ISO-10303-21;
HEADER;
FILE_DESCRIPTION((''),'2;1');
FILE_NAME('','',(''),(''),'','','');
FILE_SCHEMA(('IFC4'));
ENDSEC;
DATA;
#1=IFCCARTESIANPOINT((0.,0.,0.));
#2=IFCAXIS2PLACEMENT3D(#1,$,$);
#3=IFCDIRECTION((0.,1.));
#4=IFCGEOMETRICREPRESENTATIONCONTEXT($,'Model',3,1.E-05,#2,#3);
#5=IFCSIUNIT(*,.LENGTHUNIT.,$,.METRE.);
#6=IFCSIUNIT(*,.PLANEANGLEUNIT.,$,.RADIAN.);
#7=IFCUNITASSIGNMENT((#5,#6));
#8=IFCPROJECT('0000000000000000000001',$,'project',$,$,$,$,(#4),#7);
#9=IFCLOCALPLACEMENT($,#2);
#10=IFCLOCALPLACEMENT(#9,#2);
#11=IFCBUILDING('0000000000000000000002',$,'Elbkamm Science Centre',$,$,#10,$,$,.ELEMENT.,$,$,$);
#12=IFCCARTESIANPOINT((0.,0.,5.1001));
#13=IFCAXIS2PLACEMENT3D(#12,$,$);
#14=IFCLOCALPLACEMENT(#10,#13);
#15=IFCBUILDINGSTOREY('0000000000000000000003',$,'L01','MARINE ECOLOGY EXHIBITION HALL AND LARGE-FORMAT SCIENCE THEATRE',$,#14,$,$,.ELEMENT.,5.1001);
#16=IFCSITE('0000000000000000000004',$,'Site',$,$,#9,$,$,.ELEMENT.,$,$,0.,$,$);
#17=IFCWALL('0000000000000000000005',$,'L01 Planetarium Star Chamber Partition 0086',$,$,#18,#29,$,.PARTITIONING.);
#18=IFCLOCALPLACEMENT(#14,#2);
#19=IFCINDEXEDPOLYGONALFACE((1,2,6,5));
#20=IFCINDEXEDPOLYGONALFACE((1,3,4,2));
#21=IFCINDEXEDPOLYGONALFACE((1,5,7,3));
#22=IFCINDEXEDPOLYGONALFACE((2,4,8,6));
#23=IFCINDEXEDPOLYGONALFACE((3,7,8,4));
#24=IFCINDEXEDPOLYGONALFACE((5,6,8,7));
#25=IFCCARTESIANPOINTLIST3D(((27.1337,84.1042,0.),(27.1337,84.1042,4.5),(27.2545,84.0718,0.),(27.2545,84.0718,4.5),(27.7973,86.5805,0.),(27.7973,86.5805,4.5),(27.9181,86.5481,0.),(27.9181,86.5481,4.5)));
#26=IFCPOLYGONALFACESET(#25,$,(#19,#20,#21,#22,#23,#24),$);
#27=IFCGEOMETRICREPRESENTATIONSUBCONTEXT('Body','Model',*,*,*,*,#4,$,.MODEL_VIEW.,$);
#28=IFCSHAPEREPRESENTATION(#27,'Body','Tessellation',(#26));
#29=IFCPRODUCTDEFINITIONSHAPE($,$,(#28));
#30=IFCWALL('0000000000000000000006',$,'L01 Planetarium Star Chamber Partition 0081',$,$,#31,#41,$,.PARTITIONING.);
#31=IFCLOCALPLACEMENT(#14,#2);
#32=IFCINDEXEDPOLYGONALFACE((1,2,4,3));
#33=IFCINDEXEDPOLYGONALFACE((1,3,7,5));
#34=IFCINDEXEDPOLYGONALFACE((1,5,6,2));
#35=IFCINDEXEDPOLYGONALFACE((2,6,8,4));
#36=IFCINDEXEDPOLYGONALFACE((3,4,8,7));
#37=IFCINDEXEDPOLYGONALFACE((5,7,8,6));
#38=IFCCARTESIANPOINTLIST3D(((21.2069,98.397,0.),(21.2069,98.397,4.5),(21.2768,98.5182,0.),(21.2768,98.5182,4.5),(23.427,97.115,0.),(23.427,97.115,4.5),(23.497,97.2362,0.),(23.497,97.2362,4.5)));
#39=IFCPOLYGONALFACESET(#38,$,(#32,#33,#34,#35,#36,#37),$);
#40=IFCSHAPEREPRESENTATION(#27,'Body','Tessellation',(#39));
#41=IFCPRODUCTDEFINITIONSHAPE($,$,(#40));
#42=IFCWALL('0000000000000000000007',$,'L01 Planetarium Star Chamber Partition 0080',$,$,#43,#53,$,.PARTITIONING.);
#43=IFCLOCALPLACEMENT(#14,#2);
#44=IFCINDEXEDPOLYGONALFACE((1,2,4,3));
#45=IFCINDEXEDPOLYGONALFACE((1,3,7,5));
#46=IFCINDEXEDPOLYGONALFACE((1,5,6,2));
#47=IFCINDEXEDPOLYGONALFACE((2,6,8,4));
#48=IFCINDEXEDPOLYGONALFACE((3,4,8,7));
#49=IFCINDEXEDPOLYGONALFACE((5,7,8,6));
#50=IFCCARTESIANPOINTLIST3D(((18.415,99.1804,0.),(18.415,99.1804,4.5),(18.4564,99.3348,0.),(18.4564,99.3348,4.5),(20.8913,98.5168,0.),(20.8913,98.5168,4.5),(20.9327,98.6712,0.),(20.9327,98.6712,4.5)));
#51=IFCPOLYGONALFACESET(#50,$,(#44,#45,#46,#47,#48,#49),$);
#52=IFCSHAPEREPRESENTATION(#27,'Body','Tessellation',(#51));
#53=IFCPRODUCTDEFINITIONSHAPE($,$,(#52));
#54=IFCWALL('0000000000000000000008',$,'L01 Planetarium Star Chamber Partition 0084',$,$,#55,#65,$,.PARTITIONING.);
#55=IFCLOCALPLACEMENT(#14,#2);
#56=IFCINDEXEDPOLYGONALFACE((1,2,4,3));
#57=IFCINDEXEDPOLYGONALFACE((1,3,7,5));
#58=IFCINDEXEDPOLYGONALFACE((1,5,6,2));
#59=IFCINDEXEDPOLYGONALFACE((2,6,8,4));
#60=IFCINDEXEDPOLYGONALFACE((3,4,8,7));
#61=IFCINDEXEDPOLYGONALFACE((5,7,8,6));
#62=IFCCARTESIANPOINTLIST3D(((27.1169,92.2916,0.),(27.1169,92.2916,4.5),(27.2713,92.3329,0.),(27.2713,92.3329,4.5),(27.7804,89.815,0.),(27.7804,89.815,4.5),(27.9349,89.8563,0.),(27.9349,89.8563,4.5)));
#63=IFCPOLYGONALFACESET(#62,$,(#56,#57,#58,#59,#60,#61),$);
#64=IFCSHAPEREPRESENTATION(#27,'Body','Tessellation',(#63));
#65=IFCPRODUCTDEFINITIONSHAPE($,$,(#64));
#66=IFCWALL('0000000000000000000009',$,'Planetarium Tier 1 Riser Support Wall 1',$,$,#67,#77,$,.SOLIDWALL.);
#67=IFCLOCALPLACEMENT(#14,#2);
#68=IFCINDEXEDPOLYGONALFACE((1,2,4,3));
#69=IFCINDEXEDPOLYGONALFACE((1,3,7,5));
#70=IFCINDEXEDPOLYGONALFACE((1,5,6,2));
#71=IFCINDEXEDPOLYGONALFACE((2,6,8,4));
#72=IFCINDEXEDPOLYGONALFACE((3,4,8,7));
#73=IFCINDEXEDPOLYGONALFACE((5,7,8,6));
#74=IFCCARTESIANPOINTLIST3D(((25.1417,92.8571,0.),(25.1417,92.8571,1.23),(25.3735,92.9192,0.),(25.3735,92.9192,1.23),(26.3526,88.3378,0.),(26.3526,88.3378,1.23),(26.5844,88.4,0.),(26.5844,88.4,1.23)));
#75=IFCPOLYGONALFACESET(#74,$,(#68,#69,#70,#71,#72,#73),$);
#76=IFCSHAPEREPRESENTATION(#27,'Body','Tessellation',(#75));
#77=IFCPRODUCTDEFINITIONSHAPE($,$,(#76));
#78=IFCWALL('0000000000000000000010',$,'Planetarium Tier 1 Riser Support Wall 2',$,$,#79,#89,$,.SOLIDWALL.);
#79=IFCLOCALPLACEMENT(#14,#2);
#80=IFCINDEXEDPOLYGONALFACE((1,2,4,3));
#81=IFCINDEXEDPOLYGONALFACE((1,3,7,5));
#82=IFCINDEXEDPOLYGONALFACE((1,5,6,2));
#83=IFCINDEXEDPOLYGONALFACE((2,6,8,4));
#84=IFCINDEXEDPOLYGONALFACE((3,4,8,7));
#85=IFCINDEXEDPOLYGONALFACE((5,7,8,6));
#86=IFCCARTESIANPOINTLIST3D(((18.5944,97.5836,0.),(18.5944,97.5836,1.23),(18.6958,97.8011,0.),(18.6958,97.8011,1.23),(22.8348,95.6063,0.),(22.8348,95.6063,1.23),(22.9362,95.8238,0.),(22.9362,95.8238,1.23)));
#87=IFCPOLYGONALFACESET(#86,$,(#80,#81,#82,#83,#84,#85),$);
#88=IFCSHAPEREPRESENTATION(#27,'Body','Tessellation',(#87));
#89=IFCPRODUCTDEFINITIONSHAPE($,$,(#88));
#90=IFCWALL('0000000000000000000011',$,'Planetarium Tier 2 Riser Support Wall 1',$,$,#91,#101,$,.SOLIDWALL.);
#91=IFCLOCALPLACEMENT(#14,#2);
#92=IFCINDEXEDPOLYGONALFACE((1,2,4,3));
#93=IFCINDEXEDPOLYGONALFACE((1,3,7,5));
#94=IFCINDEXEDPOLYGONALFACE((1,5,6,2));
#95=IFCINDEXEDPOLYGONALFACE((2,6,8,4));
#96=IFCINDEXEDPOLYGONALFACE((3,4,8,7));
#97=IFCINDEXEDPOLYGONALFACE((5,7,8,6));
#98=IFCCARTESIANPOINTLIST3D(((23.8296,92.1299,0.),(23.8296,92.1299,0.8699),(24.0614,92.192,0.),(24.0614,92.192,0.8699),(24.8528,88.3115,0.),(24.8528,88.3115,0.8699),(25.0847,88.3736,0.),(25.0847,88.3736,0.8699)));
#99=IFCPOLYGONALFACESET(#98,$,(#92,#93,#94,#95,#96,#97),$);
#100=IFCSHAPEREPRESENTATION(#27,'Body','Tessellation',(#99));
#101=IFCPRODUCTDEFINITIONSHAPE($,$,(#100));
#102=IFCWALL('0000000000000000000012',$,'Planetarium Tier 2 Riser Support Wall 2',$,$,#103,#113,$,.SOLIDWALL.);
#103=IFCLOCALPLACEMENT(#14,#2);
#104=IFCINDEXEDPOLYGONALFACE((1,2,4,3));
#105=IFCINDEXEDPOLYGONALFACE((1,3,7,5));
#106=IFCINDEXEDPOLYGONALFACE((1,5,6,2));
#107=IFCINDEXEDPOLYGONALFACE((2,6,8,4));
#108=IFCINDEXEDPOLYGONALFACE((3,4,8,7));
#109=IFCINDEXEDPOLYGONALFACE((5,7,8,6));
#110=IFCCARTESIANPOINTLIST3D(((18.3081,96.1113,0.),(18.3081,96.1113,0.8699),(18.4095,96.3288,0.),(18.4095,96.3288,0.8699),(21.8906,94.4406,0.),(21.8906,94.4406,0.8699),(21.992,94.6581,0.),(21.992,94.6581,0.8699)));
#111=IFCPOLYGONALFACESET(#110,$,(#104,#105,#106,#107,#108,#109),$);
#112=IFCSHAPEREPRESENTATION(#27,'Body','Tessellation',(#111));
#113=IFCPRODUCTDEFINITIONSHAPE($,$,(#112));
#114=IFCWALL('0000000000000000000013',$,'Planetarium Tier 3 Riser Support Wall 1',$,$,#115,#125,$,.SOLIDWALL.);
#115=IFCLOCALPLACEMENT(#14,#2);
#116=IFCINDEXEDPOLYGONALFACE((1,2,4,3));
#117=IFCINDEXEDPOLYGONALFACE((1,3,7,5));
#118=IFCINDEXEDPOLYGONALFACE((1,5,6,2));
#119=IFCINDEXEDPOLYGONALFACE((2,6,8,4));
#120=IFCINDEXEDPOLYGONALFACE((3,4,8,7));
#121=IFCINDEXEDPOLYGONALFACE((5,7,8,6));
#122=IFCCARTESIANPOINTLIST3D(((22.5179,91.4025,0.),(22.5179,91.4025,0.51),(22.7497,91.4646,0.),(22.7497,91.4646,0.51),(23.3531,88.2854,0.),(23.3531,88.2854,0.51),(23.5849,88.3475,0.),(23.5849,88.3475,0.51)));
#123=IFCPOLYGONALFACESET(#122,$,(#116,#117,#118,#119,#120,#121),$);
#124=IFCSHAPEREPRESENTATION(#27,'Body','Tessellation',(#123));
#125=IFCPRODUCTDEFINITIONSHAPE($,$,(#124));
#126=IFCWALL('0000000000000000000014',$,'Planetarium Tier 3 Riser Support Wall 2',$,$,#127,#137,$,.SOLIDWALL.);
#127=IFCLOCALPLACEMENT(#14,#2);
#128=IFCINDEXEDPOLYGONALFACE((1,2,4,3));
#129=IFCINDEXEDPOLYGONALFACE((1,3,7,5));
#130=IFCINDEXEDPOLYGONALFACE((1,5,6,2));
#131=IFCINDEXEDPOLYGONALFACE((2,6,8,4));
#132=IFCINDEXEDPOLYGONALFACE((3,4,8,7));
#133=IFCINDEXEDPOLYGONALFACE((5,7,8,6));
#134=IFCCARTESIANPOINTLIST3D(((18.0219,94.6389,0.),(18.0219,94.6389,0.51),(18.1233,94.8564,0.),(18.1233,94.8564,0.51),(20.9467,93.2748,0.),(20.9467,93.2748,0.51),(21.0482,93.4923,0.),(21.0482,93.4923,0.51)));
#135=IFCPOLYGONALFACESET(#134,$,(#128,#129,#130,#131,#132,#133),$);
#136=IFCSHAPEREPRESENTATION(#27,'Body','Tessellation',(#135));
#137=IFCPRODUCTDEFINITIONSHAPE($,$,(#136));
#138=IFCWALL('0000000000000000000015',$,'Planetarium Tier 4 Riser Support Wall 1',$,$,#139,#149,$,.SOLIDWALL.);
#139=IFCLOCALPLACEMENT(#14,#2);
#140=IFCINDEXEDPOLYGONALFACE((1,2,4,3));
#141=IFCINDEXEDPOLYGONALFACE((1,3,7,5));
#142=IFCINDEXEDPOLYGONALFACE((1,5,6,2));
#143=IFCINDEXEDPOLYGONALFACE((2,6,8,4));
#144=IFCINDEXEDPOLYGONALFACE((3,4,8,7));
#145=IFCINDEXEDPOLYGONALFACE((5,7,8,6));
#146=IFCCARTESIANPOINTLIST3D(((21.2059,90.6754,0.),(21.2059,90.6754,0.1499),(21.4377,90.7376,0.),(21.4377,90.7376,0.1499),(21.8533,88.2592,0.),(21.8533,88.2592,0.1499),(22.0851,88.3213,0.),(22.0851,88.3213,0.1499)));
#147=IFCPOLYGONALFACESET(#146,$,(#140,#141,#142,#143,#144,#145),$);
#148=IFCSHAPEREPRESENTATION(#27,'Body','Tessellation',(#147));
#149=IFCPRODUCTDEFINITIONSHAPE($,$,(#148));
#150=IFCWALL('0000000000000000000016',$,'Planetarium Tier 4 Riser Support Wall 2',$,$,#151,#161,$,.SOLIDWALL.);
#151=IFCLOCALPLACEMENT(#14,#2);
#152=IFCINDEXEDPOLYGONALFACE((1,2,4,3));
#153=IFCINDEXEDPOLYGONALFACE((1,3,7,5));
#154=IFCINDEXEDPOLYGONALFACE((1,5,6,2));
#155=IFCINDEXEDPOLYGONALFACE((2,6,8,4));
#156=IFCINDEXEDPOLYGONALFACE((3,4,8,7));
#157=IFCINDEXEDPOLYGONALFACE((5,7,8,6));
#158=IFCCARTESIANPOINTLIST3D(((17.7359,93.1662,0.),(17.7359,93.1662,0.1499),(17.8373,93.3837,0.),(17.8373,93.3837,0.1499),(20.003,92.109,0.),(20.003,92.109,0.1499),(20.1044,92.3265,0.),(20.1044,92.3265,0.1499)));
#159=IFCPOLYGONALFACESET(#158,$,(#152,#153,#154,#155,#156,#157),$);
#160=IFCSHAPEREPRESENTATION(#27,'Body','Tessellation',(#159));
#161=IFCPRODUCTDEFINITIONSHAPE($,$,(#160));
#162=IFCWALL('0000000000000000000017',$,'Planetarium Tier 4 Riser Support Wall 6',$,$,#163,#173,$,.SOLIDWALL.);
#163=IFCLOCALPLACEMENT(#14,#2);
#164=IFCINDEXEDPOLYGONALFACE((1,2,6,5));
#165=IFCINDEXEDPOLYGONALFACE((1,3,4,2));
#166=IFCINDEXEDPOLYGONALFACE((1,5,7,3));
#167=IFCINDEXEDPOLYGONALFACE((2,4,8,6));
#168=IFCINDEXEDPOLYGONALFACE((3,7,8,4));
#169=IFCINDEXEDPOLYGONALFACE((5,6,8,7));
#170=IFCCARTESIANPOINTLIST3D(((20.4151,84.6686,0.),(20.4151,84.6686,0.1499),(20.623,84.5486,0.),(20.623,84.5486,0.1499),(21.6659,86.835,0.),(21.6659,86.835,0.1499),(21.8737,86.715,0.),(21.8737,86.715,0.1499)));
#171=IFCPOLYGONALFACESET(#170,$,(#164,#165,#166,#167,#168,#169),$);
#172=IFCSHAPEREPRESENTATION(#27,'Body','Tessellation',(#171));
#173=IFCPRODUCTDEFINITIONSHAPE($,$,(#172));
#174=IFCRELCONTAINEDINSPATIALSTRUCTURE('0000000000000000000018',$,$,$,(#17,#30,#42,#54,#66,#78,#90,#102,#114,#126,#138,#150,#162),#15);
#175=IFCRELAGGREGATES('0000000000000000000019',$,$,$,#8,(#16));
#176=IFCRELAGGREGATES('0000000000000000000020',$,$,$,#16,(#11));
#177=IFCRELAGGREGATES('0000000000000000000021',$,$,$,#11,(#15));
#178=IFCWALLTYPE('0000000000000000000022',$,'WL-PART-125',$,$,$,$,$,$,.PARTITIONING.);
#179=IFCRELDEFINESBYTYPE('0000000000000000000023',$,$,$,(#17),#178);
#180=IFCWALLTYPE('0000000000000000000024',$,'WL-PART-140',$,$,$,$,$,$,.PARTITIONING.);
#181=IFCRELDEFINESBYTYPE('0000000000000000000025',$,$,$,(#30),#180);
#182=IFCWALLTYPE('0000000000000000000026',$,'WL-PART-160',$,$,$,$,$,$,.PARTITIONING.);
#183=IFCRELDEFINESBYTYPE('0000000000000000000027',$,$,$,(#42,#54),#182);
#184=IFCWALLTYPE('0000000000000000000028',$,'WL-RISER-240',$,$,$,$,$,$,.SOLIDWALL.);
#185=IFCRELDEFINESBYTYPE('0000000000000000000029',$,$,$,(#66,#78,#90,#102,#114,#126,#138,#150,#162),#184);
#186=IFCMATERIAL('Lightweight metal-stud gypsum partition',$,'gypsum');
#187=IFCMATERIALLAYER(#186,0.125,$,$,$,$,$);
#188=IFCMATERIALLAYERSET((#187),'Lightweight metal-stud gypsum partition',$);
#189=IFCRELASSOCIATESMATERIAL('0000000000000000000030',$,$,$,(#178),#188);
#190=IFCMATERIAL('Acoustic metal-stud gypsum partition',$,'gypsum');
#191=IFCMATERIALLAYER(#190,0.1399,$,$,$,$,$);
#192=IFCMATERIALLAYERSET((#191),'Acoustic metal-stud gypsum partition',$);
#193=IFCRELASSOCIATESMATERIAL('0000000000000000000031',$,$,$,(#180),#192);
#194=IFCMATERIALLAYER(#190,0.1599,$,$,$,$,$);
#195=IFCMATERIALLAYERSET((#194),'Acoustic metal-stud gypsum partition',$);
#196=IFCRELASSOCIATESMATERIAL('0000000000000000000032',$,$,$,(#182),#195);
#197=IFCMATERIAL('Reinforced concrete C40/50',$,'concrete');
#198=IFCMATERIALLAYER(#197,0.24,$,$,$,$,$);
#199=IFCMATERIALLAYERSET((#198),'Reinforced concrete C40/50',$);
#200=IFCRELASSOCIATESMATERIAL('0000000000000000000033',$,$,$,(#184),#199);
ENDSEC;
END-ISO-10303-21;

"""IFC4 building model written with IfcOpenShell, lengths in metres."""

from ifc_helpers import new_model, si_unit, direction, frame, frame_2d, origin, place, context, subcontext, project, spatial, rectangle, extrude, material, layer, layer_set, type_object, element, save


model = new_model("IFC4")

# Units and contexts
model_context = context("Model", 3, precision=1e-05, world=origin(), true_north=direction((0.0, 1.0)))
body_context = subcontext(model_context, "Body", "Model", "MODEL_VIEW")
ifc_project = project(units=[si_unit("LENGTHUNIT", "METRE"), si_unit("PLANEANGLEUNIT", "RADIAN")], contexts=[model_context])

# Site, building, storey
site_placement = place(None, origin())
site = spatial("IfcSite", under=ifc_project, at=site_placement, Name="Site", CompositionType="ELEMENT", RefElevation=0.0)
building_placement = place(site_placement, origin())
building = spatial("IfcBuilding", under=site, at=building_placement, Name="Elbkamm Science Centre", CompositionType="ELEMENT")
storey_placement = place(building_placement, frame((0.0, 0.0, 5.1001)))
storey = spatial("IfcBuildingStorey", under=building, at=storey_placement, Name="L01", Description="MARINE ECOLOGY EXHIBITION HALL AND LARGE-FORMAT SCIENCE THEATRE", CompositionType="ELEMENT", Elevation=5.1001)

# Walls
ifc_material_1 = material(Name="Lightweight metal-stud gypsum partition", Category="gypsum")
ifc_layer_1 = layer(ifc_material_1, 0.125)
ifc_layer_set_1 = layer_set([ifc_layer_1], Name="Lightweight metal-stud gypsum partition")
wall_type_1 = type_object("IfcWallType", Name="WL-PART-125", PredefinedType="PARTITIONING", material=ifc_layer_set_1)
for number, where, z_axis, x_axis, name in (
    (1, (27.8577, 86.5642, 0.0), (0.0, 0.0, 1.0), (-0.258836, -0.965921, 0.0), "L01 Planetarium Star Chamber Partition 0086"),
):
    element("IfcWall", number, at=place(storey_placement, frame(where, z_axis=z_axis, x_axis=x_axis)), inside=storey, type_object=wall_type_1, Name=name, PredefinedType="PARTITIONING", context=body_context, shape_type="SweptSolid", body=[
        extrude(rectangle(XDim=2.5637, YDim=0.125, at=frame_2d((1.2817, 0.0))), origin(), (0.0, 0.0, 1.0), 4.5),
    ])
ifc_material_2 = material(Name="Acoustic metal-stud gypsum partition", Category="gypsum")
ifc_layer_2 = layer(ifc_material_2, 0.1399)
ifc_layer_set_2 = layer_set([ifc_layer_2], Name="Acoustic metal-stud gypsum partition")
wall_type_2 = type_object("IfcWallType", Name="WL-PART-140", PredefinedType="PARTITIONING", material=ifc_layer_set_2)
for number, where, z_axis, x_axis, name in (
    (2, (21.2419, 98.4575, 0.0), (0.0, 0.0, 1.0), (0.866002, -0.500041, 0.0), "L01 Planetarium Star Chamber Partition 0081"),
):
    element("IfcWall", number, at=place(storey_placement, frame(where, z_axis=z_axis, x_axis=x_axis)), inside=storey, type_object=wall_type_2, Name=name, PredefinedType="PARTITIONING", context=body_context, shape_type="SweptSolid", body=[
        extrude(rectangle(XDim=2.5637, YDim=0.1399, at=frame_2d((1.2817, 0.0))), origin(), (0.0, 0.0, 1.0), 4.5),
    ])
ifc_layer_3 = layer(ifc_material_2, 0.1599)
ifc_layer_set_3 = layer_set([ifc_layer_3], Name="Acoustic metal-stud gypsum partition")
wall_type_3 = type_object("IfcWallType", Name="WL-PART-160", PredefinedType="PARTITIONING", material=ifc_layer_set_3)
wall_1_placement = place(storey_placement, frame((18.4358, 99.2576, 0.0), z_axis=(0.0, 0.0, 1.0), x_axis=(0.965921, -0.258836, 0.0)))
element("IfcWall", 3, at=wall_1_placement, inside=storey, type_object=wall_type_3, Name="L01 Planetarium Star Chamber Partition 0080", PredefinedType="PARTITIONING", context=body_context, shape_type="SweptSolid", body=[
    extrude(rectangle(XDim=2.5637, YDim=0.1599, at=frame_2d((1.2817, 0.0))), origin(), (0.0, 0.0, 1.0), 4.5),
])
wall_2_placement = place(storey_placement, frame((27.1941, 92.3123, 0.0), z_axis=(0.0, 0.0, 1.0), x_axis=(0.258812, -0.965928, 0.0)))
element("IfcWall", 4, at=wall_2_placement, inside=storey, type_object=wall_type_3, Name="L01 Planetarium Star Chamber Partition 0084", PredefinedType="PARTITIONING", context=body_context, shape_type="SweptSolid", body=[
    extrude(rectangle(XDim=2.564, YDim=0.1599, at=frame_2d((1.282, 0.0))), origin(), (0.0, 0.0, 1.0), 4.5),
])
ifc_material_3 = material(Name="Reinforced concrete C40/50", Category="concrete")
ifc_layer_4 = layer(ifc_material_3, 0.24)
ifc_layer_set_4 = layer_set([ifc_layer_4], Name="Reinforced concrete C40/50")
wall_type_4 = type_object("IfcWallType", Name="WL-RISER-240", PredefinedType="SOLIDWALL", material=ifc_layer_set_4)
for number, where, z_axis, x_axis, name in (
    (5, (26.4685, 88.3689, 0.0), (0.0, 0.0, 1.0), (-0.258819, 0.965926, 0.0), "Planetarium Tier 1 Riser Support Wall 1"),
    (6, (22.8855, 95.7151, 0.0), (0.0, 0.0, 1.0), (-0.906314, 0.422606, 0.0), "Planetarium Tier 1 Riser Support Wall 2"),
):
    element("IfcWall", number, at=place(storey_placement, frame(where, z_axis=z_axis, x_axis=x_axis)), inside=storey, type_object=wall_type_4, Name=name, PredefinedType="SOLIDWALL", context=body_context, shape_type="SweptSolid", body=[
        extrude(rectangle(XDim=4.6787, YDim=0.24, at=frame_2d((2.3394, 0.0))), origin(), (0.0, 0.0, 1.0), 1.23),
    ])
wall_3_placement = place(storey_placement, frame((24.9688, 88.3425, 0.0), z_axis=(0.0, 0.0, 1.0), x_axis=(-0.258835, 0.965922, 0.0)))
element("IfcWall", 7, at=wall_3_placement, inside=storey, type_object=wall_type_4, Name="Planetarium Tier 2 Riser Support Wall 1", PredefinedType="SOLIDWALL", context=body_context, shape_type="SweptSolid", body=[
    extrude(rectangle(XDim=3.9531, YDim=0.24, at=frame_2d((1.9766, 0.0))), origin(), (0.0, 0.0, 1.0), 0.8699),
])
wall_4_placement = place(storey_placement, frame((21.9414, 94.5493, 0.0), z_axis=(0.0, 0.0, 1.0), x_axis=(-0.906298, 0.422639, 0.0)))
element("IfcWall", 8, at=wall_4_placement, inside=storey, type_object=wall_type_4, Name="Planetarium Tier 2 Riser Support Wall 2", PredefinedType="SOLIDWALL", context=body_context, shape_type="SweptSolid", body=[
    extrude(rectangle(XDim=3.9529, YDim=0.24, at=frame_2d((1.9766, 0.0))), origin(), (0.0, 0.0, 1.0), 0.8699),
])
wall_5_placement = place(storey_placement, frame((23.469, 88.3164, 0.0), z_axis=(0.0, 0.0, 1.0), x_axis=(-0.258807, 0.965929, 0.0)))
element("IfcWall", 9, at=wall_5_placement, inside=storey, type_object=wall_type_4, Name="Planetarium Tier 3 Riser Support Wall 1", PredefinedType="SOLIDWALL", context=body_context, shape_type="SweptSolid", body=[
    extrude(rectangle(XDim=3.2271, YDim=0.24, at=frame_2d((1.6135, 0.0))), origin(), (0.0, 0.0, 1.0), 0.51),
])
wall_6_placement = place(storey_placement, frame((20.9976, 93.3835, 0.0), z_axis=(0.0, 0.0, 1.0), x_axis=(-0.906289, 0.422658, 0.0)))
element("IfcWall", 10, at=wall_6_placement, inside=storey, type_object=wall_type_4, Name="Planetarium Tier 3 Riser Support Wall 2", PredefinedType="SOLIDWALL", context=body_context, shape_type="SweptSolid", body=[
    extrude(rectangle(XDim=3.2273, YDim=0.24, at=frame_2d((1.6138, 0.0))), origin(), (0.0, 0.0, 1.0), 0.51),
])
for number, where, z_axis, x_axis, name in (
    (11, (21.9692, 88.2903, 0.0), (0.0, 0.0, 1.0), (-0.258829, 0.965923, 0.0), "Planetarium Tier 4 Riser Support Wall 1"),
    (12, (20.0537, 92.2178, 0.0), (0.0, 0.0, 1.0), (-0.906313, 0.422608, 0.0), "Planetarium Tier 4 Riser Support Wall 2"),
    (13, (20.519, 84.6086, 0.0), (0.0, 0.0, 1.0), (0.500013, 0.866018, 0.0), "Planetarium Tier 4 Riser Support Wall 6"),
):
    element("IfcWall", number, at=place(storey_placement, frame(where, z_axis=z_axis, x_axis=x_axis)), inside=storey, type_object=wall_type_4, Name=name, PredefinedType="SOLIDWALL", context=body_context, shape_type="SweptSolid", body=[
        extrude(rectangle(XDim=2.5015, YDim=0.24, at=frame_2d((1.2507, 0.0))), origin(), (0.0, 0.0, 1.0), 0.1499),
    ])

save(model, "model.ifc")
